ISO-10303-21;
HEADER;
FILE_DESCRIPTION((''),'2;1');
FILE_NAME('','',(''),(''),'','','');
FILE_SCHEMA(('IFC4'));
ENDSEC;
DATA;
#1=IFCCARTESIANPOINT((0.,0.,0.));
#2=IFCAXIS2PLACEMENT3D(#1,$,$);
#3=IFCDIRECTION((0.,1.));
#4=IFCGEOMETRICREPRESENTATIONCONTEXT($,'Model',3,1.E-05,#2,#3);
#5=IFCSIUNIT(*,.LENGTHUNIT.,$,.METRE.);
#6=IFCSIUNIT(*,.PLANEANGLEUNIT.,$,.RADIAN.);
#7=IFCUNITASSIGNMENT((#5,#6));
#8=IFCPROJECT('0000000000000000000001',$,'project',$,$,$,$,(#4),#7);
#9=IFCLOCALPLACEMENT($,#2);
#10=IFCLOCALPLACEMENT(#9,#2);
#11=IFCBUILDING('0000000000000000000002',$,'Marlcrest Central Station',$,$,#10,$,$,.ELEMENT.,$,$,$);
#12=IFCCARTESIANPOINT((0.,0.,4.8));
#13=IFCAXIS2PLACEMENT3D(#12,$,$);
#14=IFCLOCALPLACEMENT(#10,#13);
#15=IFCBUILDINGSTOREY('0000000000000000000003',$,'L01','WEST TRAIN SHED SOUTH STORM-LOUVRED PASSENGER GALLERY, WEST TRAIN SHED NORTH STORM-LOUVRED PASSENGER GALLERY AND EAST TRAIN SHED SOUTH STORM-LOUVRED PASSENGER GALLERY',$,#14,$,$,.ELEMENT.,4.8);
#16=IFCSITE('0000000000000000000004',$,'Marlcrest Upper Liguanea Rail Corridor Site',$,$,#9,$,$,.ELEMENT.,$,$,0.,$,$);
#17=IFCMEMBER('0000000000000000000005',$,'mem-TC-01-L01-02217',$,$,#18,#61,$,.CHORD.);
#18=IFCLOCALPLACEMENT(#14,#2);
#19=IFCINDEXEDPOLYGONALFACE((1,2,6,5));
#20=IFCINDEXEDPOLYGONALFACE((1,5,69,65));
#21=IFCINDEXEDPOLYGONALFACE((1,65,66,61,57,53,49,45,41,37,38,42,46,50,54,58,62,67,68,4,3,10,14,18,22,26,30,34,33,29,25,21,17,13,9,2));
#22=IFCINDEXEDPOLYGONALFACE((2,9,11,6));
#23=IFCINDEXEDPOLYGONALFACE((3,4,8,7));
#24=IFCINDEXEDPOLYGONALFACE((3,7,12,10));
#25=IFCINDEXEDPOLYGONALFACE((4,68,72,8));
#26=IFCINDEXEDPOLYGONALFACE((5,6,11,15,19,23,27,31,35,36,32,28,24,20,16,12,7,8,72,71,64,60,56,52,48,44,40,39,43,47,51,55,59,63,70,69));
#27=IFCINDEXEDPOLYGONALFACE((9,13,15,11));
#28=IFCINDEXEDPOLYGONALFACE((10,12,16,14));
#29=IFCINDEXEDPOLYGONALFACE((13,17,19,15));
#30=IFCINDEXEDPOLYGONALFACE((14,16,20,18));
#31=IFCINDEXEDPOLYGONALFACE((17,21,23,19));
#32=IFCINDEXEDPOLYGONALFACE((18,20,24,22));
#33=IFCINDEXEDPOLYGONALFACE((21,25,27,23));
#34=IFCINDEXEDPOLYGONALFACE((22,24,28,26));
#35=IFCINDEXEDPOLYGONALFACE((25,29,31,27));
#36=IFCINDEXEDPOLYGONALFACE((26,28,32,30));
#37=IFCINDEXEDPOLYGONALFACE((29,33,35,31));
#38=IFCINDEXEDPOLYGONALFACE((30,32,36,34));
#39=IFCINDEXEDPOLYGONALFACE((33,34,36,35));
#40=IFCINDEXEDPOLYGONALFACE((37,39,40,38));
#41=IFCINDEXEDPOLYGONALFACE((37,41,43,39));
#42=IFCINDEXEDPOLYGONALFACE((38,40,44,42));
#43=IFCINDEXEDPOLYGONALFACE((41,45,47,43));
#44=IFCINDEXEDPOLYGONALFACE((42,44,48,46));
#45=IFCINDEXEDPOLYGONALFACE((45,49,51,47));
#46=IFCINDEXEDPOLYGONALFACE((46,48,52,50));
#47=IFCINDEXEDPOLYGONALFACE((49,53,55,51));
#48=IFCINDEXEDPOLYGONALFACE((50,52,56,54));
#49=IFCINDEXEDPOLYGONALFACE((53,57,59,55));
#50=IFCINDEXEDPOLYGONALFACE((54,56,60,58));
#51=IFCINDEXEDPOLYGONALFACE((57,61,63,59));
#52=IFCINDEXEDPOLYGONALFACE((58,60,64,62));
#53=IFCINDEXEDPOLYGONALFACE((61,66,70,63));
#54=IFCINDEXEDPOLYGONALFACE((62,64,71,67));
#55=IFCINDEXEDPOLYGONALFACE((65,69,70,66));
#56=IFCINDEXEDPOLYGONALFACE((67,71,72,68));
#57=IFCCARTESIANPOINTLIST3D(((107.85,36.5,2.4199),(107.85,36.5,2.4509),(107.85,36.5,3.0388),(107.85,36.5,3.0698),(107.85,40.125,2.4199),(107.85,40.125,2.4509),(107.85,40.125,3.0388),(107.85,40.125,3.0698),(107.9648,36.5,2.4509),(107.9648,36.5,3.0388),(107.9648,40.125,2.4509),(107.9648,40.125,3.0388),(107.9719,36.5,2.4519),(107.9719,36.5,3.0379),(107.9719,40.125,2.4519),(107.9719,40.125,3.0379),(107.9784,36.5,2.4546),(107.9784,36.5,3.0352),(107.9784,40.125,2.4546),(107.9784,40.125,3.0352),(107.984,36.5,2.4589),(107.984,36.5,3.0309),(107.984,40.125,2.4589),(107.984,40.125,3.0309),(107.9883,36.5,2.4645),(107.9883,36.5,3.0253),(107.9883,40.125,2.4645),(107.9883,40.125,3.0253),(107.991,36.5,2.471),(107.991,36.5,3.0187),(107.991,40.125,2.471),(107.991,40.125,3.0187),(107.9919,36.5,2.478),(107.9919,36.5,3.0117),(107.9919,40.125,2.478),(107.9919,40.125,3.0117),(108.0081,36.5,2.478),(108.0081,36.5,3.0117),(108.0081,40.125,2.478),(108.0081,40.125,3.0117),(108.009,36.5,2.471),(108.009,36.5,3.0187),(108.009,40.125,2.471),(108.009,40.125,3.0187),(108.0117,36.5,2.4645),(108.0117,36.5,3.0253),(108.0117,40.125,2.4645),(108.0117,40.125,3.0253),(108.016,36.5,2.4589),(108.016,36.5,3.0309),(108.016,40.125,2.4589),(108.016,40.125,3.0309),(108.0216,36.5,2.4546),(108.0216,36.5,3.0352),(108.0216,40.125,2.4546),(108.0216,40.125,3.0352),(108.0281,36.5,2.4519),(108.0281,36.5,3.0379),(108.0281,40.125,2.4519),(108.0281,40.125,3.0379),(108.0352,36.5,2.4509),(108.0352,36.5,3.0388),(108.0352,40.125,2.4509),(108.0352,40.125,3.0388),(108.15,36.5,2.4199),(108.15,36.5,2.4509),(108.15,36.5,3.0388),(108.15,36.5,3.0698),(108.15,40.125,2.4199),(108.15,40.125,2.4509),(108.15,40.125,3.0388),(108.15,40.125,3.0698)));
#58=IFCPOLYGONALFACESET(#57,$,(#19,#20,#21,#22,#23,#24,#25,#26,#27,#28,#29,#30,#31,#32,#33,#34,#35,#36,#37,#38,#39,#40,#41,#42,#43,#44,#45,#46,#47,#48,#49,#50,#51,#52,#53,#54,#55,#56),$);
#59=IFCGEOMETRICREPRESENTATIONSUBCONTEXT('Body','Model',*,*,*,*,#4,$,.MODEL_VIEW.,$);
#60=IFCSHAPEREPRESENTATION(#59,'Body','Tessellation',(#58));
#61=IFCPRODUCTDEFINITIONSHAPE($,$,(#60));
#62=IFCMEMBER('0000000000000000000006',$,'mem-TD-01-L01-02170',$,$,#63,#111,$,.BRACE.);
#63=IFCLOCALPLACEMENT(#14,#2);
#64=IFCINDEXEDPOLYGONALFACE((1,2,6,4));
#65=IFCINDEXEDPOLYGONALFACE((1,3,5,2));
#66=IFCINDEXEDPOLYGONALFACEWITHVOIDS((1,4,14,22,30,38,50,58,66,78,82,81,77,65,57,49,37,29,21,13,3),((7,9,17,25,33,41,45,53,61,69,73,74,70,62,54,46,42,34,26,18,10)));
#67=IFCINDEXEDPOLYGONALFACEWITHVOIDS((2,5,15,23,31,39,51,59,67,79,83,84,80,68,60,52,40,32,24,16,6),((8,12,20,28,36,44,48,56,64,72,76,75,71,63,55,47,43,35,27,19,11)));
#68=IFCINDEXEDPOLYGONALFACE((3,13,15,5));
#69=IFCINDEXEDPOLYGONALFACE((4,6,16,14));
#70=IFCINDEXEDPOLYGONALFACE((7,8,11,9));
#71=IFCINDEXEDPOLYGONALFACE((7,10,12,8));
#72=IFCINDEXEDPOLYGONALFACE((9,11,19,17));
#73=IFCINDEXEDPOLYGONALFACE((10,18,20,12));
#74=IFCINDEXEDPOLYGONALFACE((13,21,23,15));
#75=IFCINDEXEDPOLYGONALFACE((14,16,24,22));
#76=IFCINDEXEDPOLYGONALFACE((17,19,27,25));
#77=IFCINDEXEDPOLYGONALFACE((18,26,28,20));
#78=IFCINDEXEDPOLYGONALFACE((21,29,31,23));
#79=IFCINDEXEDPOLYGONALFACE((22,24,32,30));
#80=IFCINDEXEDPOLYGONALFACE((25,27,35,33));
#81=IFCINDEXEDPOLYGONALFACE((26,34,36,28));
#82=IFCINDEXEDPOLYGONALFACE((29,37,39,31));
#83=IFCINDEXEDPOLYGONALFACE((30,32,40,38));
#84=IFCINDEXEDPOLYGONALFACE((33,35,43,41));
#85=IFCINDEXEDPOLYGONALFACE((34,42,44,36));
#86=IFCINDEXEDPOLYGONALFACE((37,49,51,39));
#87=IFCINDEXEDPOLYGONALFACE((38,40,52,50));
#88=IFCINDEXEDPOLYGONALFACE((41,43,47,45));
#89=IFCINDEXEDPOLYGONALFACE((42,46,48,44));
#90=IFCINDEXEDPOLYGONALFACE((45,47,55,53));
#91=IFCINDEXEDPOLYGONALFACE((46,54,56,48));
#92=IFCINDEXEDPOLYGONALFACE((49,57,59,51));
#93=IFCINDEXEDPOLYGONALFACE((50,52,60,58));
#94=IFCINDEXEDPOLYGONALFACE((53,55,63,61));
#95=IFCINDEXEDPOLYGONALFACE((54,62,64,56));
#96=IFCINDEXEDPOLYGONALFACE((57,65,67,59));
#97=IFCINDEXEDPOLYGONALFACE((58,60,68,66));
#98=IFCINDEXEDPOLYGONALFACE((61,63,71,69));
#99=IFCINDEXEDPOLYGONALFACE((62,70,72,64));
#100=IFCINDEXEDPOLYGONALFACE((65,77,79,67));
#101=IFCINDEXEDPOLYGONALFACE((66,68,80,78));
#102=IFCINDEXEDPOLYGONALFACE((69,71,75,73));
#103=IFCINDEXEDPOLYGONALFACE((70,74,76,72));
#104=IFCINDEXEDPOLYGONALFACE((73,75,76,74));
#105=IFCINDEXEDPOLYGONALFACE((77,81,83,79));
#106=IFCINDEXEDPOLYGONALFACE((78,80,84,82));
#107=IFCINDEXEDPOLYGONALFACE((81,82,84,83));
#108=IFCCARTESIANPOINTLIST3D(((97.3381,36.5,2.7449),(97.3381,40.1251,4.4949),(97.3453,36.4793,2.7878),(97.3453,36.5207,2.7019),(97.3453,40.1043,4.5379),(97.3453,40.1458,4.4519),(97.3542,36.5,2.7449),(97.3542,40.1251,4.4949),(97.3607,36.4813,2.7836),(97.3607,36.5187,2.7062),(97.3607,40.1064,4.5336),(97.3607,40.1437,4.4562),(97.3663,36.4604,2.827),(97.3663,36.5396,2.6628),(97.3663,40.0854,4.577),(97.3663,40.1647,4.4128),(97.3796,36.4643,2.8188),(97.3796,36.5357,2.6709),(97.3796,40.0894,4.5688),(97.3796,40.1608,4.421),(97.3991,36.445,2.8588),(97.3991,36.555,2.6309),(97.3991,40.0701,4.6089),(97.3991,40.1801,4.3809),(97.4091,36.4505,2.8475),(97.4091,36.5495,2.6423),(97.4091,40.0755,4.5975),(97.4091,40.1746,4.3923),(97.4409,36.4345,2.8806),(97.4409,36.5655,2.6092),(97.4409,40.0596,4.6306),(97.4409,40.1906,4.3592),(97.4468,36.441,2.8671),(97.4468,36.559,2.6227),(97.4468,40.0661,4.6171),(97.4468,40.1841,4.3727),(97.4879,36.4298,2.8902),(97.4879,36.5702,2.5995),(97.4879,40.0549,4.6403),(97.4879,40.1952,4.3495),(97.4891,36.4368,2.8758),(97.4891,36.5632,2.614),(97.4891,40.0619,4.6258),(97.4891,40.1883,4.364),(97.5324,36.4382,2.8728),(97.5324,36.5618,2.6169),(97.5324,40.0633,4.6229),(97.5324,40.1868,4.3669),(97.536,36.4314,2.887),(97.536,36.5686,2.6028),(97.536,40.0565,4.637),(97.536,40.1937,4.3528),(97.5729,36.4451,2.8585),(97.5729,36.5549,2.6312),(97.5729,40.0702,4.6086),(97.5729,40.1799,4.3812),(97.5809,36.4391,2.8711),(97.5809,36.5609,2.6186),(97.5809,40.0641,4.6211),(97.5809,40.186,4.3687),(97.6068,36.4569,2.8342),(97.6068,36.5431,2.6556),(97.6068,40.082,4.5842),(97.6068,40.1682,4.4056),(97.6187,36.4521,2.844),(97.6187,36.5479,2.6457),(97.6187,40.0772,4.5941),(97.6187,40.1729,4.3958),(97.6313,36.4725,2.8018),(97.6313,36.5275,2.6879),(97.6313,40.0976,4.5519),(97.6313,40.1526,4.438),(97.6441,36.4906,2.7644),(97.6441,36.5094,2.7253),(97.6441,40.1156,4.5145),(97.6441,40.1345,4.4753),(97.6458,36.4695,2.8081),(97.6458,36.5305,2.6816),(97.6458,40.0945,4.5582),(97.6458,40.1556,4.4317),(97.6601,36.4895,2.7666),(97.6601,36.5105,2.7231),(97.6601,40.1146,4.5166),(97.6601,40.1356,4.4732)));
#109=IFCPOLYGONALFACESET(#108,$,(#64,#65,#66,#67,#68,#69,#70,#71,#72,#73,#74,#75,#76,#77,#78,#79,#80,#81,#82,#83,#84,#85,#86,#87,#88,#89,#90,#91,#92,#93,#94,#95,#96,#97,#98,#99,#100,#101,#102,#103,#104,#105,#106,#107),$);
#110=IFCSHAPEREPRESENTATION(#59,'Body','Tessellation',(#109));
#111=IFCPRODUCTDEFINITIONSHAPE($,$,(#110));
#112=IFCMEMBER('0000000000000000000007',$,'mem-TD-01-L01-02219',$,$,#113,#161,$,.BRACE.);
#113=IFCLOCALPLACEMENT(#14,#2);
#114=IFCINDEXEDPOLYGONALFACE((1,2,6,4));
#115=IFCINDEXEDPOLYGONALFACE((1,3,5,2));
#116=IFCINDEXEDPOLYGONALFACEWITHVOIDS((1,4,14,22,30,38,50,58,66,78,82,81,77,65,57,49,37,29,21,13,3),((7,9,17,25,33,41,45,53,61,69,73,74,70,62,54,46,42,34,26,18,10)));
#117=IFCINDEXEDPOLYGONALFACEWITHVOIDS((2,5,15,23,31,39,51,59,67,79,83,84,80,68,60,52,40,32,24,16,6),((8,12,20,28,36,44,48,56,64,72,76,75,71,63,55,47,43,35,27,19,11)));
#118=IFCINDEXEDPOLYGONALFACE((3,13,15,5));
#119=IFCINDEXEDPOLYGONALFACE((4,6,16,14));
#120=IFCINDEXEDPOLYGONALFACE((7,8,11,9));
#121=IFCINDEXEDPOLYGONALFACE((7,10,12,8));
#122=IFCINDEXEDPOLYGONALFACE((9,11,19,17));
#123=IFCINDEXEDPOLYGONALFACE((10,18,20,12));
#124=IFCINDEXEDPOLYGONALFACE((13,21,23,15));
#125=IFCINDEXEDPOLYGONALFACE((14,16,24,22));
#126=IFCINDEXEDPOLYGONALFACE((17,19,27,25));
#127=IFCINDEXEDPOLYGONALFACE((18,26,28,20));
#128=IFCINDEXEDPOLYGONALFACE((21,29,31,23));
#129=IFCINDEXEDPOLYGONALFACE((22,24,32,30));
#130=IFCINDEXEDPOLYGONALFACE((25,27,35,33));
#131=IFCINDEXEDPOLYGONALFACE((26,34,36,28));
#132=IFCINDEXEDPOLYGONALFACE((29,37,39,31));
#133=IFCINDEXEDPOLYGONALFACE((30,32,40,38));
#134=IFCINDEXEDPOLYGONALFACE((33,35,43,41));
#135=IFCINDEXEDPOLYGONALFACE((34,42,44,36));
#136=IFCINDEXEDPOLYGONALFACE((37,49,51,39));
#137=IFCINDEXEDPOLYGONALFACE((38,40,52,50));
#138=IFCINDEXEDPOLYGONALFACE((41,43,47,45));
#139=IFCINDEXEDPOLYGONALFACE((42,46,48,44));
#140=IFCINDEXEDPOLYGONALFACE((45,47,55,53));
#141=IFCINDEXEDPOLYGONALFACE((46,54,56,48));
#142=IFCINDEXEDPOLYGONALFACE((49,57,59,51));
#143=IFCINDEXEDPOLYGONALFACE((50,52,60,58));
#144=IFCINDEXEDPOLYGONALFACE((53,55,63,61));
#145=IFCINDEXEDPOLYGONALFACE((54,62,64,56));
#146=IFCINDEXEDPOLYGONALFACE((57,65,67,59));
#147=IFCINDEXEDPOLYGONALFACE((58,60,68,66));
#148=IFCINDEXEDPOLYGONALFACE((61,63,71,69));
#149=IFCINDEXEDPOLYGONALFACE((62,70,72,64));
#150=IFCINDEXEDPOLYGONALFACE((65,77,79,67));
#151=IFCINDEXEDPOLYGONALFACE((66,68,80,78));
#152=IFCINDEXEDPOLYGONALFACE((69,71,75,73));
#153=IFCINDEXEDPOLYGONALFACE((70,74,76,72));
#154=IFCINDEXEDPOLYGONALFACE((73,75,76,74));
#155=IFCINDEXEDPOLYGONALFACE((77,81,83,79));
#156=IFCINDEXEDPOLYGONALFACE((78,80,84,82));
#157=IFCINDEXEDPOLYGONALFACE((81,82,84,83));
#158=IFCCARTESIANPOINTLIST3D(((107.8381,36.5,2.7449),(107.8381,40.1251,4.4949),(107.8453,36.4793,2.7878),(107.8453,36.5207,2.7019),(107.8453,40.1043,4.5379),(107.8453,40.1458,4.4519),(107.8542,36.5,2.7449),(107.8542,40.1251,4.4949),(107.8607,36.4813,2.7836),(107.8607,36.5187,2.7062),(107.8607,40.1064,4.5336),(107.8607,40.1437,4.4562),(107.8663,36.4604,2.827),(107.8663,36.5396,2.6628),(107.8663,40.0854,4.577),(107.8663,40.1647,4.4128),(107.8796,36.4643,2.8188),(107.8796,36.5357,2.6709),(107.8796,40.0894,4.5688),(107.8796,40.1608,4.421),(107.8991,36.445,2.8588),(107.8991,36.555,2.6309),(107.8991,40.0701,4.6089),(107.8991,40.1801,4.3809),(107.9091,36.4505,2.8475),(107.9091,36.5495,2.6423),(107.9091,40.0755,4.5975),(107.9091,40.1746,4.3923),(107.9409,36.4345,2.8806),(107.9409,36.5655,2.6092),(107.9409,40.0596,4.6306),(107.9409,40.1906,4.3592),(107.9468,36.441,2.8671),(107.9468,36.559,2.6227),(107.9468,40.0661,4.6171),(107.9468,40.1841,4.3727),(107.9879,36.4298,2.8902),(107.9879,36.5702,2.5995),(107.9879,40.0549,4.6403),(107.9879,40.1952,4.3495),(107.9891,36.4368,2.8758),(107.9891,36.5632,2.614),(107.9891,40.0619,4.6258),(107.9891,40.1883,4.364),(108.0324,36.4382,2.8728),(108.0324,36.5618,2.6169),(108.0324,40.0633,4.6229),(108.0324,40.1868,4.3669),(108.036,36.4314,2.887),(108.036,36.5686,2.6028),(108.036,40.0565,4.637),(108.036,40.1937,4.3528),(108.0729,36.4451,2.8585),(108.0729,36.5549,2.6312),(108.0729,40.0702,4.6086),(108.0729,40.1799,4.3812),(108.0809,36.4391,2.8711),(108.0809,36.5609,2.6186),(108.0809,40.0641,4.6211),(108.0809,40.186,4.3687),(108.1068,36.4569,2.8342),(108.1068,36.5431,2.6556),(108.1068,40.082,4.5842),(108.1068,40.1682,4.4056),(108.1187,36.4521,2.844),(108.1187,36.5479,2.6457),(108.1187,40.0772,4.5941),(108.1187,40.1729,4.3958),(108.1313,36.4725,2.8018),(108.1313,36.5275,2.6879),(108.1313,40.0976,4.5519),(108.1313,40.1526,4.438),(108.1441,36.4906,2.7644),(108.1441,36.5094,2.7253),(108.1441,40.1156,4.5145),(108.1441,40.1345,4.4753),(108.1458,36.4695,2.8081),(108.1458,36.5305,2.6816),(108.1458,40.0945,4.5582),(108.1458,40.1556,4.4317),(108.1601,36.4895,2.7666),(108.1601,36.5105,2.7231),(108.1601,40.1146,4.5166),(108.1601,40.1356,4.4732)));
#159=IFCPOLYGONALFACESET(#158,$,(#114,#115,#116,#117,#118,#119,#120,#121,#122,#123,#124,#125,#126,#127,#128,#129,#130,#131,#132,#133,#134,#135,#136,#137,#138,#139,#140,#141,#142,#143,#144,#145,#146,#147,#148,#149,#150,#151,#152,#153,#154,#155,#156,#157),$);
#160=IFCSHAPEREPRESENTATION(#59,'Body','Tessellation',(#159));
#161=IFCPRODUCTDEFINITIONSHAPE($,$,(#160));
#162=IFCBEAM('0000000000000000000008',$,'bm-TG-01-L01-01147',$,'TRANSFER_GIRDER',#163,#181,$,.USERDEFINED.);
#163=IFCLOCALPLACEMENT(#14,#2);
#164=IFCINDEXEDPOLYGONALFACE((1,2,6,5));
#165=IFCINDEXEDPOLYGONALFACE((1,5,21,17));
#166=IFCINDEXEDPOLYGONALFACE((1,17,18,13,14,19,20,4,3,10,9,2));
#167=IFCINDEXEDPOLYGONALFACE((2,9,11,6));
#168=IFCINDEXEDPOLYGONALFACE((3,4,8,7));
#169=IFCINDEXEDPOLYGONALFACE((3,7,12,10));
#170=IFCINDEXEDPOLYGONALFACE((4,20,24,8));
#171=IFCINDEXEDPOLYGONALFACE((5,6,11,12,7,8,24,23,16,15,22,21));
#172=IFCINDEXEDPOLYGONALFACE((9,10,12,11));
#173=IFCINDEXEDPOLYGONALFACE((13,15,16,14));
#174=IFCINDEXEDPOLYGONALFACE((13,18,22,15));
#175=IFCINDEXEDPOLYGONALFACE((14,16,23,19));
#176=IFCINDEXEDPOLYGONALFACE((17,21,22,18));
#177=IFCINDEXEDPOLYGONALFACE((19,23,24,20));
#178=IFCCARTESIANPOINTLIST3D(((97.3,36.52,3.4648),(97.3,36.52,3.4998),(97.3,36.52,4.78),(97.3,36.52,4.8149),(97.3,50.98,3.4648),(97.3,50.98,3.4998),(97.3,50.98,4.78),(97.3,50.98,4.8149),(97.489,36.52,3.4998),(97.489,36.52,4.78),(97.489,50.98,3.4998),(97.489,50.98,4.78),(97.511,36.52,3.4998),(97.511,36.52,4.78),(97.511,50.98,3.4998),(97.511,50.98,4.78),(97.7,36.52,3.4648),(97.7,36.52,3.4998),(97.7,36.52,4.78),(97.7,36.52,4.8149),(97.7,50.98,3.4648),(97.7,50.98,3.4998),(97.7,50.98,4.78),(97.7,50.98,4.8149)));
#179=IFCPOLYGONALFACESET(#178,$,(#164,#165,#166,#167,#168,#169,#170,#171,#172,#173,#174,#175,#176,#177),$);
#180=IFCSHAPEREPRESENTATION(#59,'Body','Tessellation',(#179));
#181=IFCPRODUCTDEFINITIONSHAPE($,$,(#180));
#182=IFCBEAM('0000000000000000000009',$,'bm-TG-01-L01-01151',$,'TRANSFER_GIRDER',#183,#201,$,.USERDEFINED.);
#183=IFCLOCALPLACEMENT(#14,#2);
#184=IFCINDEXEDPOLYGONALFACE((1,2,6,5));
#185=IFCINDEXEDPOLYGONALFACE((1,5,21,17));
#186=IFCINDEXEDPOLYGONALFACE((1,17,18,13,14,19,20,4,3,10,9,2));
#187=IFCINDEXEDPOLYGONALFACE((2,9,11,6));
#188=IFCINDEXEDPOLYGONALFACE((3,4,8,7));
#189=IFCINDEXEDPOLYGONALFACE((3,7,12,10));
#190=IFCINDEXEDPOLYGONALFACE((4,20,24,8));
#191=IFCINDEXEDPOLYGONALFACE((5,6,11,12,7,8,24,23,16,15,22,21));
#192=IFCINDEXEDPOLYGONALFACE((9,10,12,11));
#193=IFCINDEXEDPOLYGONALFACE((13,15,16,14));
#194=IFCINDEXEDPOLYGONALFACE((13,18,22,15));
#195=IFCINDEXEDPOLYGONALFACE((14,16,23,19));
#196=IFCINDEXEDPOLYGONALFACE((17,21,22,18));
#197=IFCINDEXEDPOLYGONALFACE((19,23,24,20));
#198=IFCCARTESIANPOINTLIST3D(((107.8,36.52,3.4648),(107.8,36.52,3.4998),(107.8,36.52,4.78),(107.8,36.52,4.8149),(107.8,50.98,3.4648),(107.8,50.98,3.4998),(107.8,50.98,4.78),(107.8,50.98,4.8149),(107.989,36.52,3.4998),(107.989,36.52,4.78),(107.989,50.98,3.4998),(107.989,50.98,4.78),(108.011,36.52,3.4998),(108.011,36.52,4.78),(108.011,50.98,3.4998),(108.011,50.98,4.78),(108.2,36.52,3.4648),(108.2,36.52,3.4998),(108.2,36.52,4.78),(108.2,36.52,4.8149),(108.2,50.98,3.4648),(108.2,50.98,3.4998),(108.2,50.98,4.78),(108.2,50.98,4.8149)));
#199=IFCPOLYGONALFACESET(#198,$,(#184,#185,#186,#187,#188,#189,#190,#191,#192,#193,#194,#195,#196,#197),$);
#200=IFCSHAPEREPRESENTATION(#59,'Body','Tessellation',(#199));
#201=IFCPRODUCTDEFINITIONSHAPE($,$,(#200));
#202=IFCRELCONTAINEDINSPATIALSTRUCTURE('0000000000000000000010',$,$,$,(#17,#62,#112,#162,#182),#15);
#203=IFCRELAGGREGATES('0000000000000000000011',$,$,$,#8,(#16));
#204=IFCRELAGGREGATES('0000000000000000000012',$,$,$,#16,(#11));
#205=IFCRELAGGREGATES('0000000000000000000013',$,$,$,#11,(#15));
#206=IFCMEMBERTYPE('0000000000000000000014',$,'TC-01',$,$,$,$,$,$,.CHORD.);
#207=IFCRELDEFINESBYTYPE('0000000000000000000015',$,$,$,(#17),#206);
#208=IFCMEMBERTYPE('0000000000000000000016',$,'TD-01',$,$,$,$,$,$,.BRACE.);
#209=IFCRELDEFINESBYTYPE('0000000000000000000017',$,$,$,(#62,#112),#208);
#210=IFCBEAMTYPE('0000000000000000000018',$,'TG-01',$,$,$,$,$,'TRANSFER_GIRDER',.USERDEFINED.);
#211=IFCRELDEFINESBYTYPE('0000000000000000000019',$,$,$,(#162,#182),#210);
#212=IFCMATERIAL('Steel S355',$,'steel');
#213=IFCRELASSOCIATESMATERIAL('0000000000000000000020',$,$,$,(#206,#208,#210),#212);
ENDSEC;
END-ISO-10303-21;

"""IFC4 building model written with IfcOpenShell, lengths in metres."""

from ifc_helpers import new_model, si_unit, direction, frame, origin, origin_2d, place, context, subcontext, project, spatial, hollow_circle, i_section, extrude, material, material_profile, profile_set, type_object, element, save


model = new_model("IFC4")

# Units and contexts
model_context = context("Model", 3, precision=1e-05, world=origin(), true_north=direction((0.0, 1.0)))
body_context = subcontext(model_context, "Body", "Model", "MODEL_VIEW")
ifc_project = project(units=[si_unit("LENGTHUNIT", "METRE"), si_unit("PLANEANGLEUNIT", "RADIAN")], contexts=[model_context])

# Site, building, storey
site_placement = place(None, origin())
site = spatial("IfcSite", under=ifc_project, at=site_placement, Name="Marlcrest Upper Liguanea Rail Corridor Site", CompositionType="ELEMENT", RefElevation=0.0)
building_placement = place(site_placement, origin())
building = spatial("IfcBuilding", under=site, at=building_placement, Name="Marlcrest Central Station", CompositionType="ELEMENT")
storey_placement = place(building_placement, frame((0.0, 0.0, 4.8)))
storey = spatial("IfcBuildingStorey", under=building, at=storey_placement, Name="L01", Description="WEST TRAIN SHED SOUTH STORM-LOUVRED PASSENGER GALLERY, WEST TRAIN SHED NORTH STORM-LOUVRED PASSENGER GALLERY AND EAST TRAIN SHED SOUTH STORM-LOUVRED PASSENGER GALLERY", CompositionType="ELEMENT", Elevation=4.8)

# Shared definitions
ifc_material_1 = material(Name="Steel S355", Category="steel")

# Members
ifc_material_profile_1 = material_profile(ifc_material_1, i_section(OverallWidth=0.3, OverallDepth=0.6499, WebThickness=0.0161, FlangeThickness=0.031, FilletRadius=0.0271, at=origin_2d()), Name="HEB 650")
ifc_profile_set_1 = profile_set([ifc_material_profile_1], Name="Steel S355")
member_type_1 = type_object("IfcMemberType", Name="TC-01", PredefinedType="CHORD", material=ifc_profile_set_1)
for number, where, z_axis, x_axis, name in (
    (1, (108.0, 36.5, 2.7449), (0.0, 1.0, 0.0), (-1.0, 0.0, 0.0), "mem-TC-01-L01-02217"),
):
    element("IfcMember", number, at=place(storey_placement, frame(where, z_axis=z_axis, x_axis=x_axis)), inside=storey, type_object=member_type_1, Name=name, PredefinedType="CHORD", context=body_context, shape_type="SweptSolid", body=[
        extrude(i_section(OverallWidth=0.3, OverallDepth=0.6499, WebThickness=0.0161, FlangeThickness=0.031, FilletRadius=0.0271, at=origin_2d()), origin(), (0.0, 0.0, 1.0), 3.625),
    ])
ifc_material_profile_2 = material_profile(ifc_material_1, hollow_circle(Radius=0.1619, WallThickness=0.0161, at=origin_2d()), Name="CHS 323.9x16")
ifc_profile_set_2 = profile_set([ifc_material_profile_2], Name="Steel S355")
member_type_2 = type_object("IfcMemberType", Name="TD-01", PredefinedType="BRACE", material=ifc_profile_set_2)
for number, where, z_axis, x_axis, name in (
    (2, (97.5, 36.5, 2.7449), (0.0, 0.900552, 0.434749), (-1.0, 0.0, 0.0), "mem-TD-01-L01-02170"),
    (3, (108.0, 36.5, 2.7449), (0.0, 0.900552, 0.434749), (-1.0, 0.0, 0.0), "mem-TD-01-L01-02219"),
):
    element("IfcMember", number, at=place(storey_placement, frame(where, z_axis=z_axis, x_axis=x_axis)), inside=storey, type_object=member_type_2, Name=name, PredefinedType="BRACE", context=body_context, shape_type="SweptSolid", body=[
        extrude(hollow_circle(Radius=0.1619, WallThickness=0.0161, at=origin_2d()), origin(), (0.0, 0.0, 1.0), 4.0254),
    ])

# Beams
ifc_material_profile_3 = material_profile(ifc_material_1, i_section(OverallWidth=0.3999, OverallDepth=1.3501, WebThickness=0.022, FlangeThickness=0.0349, at=origin_2d()), Name="PG 1350x400")
ifc_profile_set_3 = profile_set([ifc_material_profile_3], Name="Steel S355")
beam_type_1 = type_object("IfcBeamType", Name="TG-01", ElementType="TRANSFER_GIRDER", PredefinedType="USERDEFINED", material=ifc_profile_set_3)
for number, where, z_axis, x_axis, name in (
    (4, (97.5, 36.52, 4.1399), (0.0, 1.0, 0.0), (-1.0, 0.0, 0.0), "bm-TG-01-L01-01147"),
    (5, (108.0, 36.52, 4.1399), (0.0, 1.0, 0.0), (-1.0, 0.0, 0.0), "bm-TG-01-L01-01151"),
):
    element("IfcBeam", number, at=place(storey_placement, frame(where, z_axis=z_axis, x_axis=x_axis)), inside=storey, type_object=beam_type_1, Name=name, ObjectType="TRANSFER_GIRDER", PredefinedType="USERDEFINED", context=body_context, shape_type="SweptSolid", body=[
        extrude(i_section(OverallWidth=0.3999, OverallDepth=1.3501, WebThickness=0.022, FlangeThickness=0.0349, at=origin_2d()), origin(), (0.0, 0.0, 1.0), 14.46),
    ])

save(model, "model.ifc")
